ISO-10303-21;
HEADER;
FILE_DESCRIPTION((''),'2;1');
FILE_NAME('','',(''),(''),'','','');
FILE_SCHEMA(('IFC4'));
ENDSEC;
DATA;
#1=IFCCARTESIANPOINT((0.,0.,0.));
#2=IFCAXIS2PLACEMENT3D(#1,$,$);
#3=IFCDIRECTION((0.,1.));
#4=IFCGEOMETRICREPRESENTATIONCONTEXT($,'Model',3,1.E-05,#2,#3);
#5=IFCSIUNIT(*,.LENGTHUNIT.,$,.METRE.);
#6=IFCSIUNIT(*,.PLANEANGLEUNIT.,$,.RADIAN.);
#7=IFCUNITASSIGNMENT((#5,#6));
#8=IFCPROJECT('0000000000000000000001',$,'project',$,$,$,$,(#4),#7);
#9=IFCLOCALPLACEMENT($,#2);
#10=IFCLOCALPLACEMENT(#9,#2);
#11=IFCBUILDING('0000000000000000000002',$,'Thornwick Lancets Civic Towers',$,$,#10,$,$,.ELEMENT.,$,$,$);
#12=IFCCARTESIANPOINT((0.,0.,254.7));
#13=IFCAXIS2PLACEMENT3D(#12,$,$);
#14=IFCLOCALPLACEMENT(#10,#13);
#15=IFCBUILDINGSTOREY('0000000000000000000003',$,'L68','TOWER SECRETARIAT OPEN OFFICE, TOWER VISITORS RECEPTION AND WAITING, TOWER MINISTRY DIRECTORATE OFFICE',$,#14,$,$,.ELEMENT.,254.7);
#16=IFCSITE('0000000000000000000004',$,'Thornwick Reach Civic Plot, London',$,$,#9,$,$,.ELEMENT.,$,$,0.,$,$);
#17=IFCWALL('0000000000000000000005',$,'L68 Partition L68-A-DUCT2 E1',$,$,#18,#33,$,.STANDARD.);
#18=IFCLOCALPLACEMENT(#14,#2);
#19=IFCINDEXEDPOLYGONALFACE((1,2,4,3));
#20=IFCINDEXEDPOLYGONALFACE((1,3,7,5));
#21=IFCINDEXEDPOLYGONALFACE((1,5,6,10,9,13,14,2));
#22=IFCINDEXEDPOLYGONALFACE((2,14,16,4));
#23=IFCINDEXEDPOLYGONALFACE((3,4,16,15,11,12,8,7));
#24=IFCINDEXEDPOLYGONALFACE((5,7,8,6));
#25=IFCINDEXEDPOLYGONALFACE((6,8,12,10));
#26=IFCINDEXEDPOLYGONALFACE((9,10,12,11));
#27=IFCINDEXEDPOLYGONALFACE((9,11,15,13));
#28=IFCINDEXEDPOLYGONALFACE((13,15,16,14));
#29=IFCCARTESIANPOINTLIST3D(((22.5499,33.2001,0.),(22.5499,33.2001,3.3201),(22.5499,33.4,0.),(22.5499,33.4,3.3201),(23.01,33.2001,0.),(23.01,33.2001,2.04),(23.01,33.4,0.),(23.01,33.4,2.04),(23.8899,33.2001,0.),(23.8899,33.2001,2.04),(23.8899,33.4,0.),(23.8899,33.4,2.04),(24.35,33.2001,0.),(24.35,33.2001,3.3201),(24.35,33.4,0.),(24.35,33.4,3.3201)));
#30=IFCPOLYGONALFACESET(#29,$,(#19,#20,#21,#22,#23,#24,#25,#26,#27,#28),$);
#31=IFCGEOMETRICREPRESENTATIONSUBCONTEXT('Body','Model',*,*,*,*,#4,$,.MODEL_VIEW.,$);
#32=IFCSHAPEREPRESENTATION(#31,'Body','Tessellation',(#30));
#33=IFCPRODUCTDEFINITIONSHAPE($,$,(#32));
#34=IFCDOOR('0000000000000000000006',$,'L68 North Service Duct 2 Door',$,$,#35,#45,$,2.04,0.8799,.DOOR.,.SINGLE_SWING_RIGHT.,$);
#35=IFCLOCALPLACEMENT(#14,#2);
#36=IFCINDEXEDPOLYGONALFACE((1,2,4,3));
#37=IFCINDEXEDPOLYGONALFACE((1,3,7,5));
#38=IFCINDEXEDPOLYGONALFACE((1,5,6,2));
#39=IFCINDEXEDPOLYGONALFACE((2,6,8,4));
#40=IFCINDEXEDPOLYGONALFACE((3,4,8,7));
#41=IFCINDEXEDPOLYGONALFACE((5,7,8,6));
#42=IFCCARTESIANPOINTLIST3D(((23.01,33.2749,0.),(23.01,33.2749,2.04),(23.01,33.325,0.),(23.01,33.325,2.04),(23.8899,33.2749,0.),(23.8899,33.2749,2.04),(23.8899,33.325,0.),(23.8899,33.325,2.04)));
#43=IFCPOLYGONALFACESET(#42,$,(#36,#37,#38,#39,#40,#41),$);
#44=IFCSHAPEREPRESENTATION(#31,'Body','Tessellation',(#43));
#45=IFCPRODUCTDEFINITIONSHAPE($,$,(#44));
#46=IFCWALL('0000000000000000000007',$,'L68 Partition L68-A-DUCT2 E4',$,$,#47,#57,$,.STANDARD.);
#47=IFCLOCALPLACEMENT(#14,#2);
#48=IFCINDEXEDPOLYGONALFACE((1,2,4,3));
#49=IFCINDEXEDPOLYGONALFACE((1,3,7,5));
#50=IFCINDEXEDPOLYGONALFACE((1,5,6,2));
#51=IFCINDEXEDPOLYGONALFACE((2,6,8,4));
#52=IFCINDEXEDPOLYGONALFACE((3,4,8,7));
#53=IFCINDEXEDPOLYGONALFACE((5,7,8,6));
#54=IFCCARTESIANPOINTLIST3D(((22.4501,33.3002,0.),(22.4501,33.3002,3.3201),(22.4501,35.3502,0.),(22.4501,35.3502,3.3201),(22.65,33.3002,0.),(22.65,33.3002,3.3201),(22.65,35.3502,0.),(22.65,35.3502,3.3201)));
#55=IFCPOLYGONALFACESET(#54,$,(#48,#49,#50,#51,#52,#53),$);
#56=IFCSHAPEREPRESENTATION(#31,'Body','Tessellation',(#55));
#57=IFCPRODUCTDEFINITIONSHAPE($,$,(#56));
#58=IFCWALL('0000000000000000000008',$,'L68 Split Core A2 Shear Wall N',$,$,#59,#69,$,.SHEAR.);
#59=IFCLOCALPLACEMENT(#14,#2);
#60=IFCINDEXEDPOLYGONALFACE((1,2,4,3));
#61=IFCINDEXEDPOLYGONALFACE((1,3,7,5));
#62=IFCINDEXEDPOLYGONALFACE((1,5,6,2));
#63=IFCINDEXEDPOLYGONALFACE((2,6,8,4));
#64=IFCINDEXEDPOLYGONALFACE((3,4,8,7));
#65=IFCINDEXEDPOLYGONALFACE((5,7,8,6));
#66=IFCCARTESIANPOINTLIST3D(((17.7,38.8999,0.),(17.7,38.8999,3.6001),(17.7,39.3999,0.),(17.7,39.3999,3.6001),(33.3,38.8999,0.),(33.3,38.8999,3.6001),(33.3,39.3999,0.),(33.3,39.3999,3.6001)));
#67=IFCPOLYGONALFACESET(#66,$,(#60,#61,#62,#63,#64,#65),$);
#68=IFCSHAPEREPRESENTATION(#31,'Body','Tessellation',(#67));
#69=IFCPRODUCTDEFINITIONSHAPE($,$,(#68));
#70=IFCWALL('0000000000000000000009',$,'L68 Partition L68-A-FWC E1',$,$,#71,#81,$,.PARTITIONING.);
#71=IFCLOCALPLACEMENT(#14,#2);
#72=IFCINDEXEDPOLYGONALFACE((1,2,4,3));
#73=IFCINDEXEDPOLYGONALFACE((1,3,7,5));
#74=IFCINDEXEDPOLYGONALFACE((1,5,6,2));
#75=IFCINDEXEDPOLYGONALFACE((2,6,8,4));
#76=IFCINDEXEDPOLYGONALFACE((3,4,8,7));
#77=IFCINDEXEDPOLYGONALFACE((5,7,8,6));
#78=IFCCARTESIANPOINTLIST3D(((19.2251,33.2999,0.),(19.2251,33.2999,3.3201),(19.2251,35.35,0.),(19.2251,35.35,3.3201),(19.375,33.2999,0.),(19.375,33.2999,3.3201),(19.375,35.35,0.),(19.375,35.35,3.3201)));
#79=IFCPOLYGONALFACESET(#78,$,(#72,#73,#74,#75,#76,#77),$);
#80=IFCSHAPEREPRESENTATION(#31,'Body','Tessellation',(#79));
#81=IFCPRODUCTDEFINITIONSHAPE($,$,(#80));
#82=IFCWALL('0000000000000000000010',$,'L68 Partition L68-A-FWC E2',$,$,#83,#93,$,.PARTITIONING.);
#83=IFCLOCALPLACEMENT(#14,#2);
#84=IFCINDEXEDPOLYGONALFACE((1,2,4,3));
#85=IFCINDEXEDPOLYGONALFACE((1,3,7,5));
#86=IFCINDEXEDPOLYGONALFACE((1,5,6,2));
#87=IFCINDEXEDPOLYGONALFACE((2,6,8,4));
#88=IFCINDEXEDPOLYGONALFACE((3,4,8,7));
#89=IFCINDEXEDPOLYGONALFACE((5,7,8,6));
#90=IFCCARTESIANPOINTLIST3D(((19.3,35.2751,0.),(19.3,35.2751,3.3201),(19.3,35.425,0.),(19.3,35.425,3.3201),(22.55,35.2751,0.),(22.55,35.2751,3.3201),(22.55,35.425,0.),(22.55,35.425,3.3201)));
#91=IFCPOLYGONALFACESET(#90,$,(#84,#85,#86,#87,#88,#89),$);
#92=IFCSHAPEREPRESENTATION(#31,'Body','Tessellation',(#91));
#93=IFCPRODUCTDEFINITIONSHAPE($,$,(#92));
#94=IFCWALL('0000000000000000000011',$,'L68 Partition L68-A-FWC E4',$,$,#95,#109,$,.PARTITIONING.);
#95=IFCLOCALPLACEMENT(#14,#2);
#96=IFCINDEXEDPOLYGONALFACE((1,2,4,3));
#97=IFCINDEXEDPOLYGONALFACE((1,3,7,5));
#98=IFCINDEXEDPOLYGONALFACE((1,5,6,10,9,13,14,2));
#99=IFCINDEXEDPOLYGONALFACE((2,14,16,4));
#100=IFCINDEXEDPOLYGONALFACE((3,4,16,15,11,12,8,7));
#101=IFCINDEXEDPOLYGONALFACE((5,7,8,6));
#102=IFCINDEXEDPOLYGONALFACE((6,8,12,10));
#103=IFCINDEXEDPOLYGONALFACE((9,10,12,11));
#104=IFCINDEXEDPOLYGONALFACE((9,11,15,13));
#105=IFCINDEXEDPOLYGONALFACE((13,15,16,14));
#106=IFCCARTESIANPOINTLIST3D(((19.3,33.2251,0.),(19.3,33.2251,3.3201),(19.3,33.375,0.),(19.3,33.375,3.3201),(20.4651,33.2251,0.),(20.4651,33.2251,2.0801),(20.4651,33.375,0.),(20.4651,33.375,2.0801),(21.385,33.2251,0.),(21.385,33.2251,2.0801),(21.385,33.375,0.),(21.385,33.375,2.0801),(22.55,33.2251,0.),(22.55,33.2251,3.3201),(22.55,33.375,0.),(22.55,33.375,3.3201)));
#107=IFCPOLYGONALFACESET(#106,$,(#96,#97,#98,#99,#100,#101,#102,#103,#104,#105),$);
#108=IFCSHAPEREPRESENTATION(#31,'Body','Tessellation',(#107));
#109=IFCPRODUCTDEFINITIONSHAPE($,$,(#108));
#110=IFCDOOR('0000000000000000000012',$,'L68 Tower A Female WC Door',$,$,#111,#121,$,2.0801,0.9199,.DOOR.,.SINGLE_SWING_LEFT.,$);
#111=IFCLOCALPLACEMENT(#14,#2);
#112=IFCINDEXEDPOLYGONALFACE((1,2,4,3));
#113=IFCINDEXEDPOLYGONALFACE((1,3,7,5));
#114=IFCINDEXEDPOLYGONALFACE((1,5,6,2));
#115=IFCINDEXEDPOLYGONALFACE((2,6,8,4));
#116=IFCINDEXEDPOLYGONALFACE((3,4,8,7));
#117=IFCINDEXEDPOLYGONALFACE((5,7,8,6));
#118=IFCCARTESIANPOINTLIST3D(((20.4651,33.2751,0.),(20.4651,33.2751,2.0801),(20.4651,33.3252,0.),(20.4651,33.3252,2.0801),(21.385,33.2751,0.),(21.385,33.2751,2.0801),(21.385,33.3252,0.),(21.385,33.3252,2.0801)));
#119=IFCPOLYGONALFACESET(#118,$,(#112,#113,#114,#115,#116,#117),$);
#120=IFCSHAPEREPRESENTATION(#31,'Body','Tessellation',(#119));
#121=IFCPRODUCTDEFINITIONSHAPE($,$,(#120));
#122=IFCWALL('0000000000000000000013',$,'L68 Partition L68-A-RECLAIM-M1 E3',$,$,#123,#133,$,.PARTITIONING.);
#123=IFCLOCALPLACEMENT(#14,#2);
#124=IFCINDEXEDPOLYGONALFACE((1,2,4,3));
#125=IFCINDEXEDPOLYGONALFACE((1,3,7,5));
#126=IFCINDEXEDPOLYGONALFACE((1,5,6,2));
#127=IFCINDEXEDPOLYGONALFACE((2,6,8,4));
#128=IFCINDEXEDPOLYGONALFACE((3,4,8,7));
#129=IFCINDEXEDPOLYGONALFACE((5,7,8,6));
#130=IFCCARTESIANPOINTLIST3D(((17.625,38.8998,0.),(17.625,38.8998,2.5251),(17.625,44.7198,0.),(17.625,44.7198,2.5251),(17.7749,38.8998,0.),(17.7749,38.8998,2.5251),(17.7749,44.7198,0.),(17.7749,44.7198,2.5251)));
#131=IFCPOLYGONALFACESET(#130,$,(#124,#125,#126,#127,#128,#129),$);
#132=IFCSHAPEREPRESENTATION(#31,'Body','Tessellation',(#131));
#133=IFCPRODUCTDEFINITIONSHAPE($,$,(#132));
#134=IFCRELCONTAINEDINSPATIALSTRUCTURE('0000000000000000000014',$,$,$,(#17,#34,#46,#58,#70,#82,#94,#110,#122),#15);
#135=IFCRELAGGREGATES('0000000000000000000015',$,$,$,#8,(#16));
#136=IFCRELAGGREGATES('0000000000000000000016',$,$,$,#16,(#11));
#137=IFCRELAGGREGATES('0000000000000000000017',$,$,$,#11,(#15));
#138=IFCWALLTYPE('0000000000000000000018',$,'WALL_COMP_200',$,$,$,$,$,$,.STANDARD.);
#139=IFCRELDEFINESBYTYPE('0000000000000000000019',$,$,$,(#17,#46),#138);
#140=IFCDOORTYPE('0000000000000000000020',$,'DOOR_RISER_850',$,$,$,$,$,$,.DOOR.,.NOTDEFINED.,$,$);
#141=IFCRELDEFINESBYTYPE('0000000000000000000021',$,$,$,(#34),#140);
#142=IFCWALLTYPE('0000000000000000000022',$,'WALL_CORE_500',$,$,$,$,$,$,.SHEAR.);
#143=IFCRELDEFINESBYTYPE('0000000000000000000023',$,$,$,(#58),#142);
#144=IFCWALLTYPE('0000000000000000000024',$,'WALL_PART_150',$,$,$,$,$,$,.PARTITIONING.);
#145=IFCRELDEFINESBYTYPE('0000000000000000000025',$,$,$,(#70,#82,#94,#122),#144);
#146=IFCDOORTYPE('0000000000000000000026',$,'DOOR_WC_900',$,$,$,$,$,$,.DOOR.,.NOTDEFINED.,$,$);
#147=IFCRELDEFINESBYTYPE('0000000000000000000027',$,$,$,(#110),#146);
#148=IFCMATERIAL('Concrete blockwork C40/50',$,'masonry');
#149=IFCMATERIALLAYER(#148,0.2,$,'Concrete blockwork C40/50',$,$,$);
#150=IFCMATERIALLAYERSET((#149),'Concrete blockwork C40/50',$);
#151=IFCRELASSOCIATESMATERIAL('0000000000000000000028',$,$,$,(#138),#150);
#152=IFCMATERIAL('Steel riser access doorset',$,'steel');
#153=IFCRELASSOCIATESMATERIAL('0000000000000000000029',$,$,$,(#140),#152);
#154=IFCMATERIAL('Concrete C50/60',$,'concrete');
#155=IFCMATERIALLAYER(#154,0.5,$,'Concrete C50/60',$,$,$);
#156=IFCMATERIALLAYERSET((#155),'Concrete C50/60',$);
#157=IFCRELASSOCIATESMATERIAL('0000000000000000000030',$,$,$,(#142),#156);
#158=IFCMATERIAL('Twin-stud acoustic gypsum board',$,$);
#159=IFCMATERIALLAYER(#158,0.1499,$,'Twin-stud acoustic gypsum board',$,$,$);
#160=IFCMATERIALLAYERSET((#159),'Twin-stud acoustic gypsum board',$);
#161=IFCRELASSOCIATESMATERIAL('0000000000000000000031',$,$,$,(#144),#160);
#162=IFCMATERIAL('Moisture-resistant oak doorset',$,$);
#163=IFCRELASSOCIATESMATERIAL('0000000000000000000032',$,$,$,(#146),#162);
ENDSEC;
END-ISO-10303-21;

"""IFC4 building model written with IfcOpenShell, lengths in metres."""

from ifc_helpers import new_model, si_unit, direction, frame, frame_2d, origin, place, context, subcontext, project, spatial, rectangle, extrude, material, layer, layer_set, type_object, element, fill, save


model = new_model("IFC4")

# Units and contexts
model_context = context("Model", 3, precision=1e-05, world=origin(), true_north=direction((0.0, 1.0)))
body_context = subcontext(model_context, "Body", "Model", "MODEL_VIEW")
ifc_project = project(units=[si_unit("LENGTHUNIT", "METRE"), si_unit("PLANEANGLEUNIT", "RADIAN")], contexts=[model_context])

# Site, building, storey
site_placement = place(None, origin())
site = spatial("IfcSite", under=ifc_project, at=site_placement, Name="Thornwick Reach Civic Plot, London", CompositionType="ELEMENT", RefElevation=0.0)
building_placement = place(site_placement, origin())
building = spatial("IfcBuilding", under=site, at=building_placement, Name="Thornwick Lancets Civic Towers", CompositionType="ELEMENT")
storey_placement = place(building_placement, frame((0.0, 0.0, 254.7)))
storey = spatial("IfcBuildingStorey", under=building, at=storey_placement, Name="L68", Description="TOWER SECRETARIAT OPEN OFFICE, TOWER VISITORS RECEPTION AND WAITING, TOWER MINISTRY DIRECTORATE OFFICE", CompositionType="ELEMENT", Elevation=254.7)

# Shared definitions
ifc_material_1 = material(Name="Concrete C50/60", Category="concrete")

# Shared definitions
ifc_material_2 = material(Name="Concrete blockwork C40/50", Category="masonry")
ifc_layer_1 = layer(ifc_material_2, 0.2, Name="Concrete blockwork C40/50")
ifc_layer_set_1 = layer_set([ifc_layer_1], Name="Concrete blockwork C40/50")
wall_type_1 = type_object("IfcWallType", Name="WALL_COMP_200", PredefinedType="STANDARD", material=ifc_layer_set_1)

# Wall, opening, door
wall_1_placement = place(storey_placement, frame((22.55, 33.3, 0.0), z_axis=(0.0, 0.0, 1.0), x_axis=(1.0, 0.0, 0.0)))
wall_1 = element("IfcWall", 1, at=wall_1_placement, inside=storey, type_object=wall_type_1, Name="L68 Partition L68-A-DUCT2 E1", PredefinedType="STANDARD", context=body_context, shape_type="SweptSolid", body=[
    extrude(rectangle(XDim=1.8, YDim=0.2, at=frame_2d((0.8999, 0.0))), origin(), (0.0, 0.0, 1.0), 3.3201),
])
opening_1_placement = place(wall_1_placement, frame((0.46, 0.0, 0.0)))
opening_1 = element("IfcOpeningElement", 2, at=opening_1_placement, cuts=wall_1, PredefinedType="OPENING", context=body_context, shape_type="SweptSolid", body=[
    extrude(rectangle(XDim=0.8799, YDim=2.04, at=frame_2d((0.4399, 1.02))), frame((0.0, 0.1099, 0.0), z_axis=(0.0, -1.0, 0.0), x_axis=(1.0, 0.0, 0.0)), (0.0, 0.0, 1.0), 0.22),
])
ifc_material_3 = material(Name="Steel riser access doorset", Category="steel")
door_type_1 = type_object("IfcDoorType", Name="DOOR_RISER_850", OperationType="NOTDEFINED", PredefinedType="DOOR", material=ifc_material_3)
door_1_placement = place(opening_1_placement, origin())
door_1 = element("IfcDoor", 3, at=door_1_placement, inside=storey, type_object=door_type_1, Name="L68 North Service Duct 2 Door", OperationType="SINGLE_SWING_RIGHT", OverallHeight=2.04, OverallWidth=0.8799, PredefinedType="DOOR", context=body_context, shape_type="SweptSolid", body=[
    extrude(rectangle(XDim=0.8799, YDim=2.04, at=frame_2d((0.4399, 1.02))), frame((0.0, 0.0249, 0.0), z_axis=(0.0, -1.0, 0.0), x_axis=(1.0, 0.0, 0.0)), (0.0, 0.0, 1.0), 0.05),
])
fill(opening_1, door_1)

# Walls
wall_2_placement = place(storey_placement, frame((22.55, 35.3501, 0.0), z_axis=(0.0, 0.0, 1.0), x_axis=(0.0, -1.0, 0.0)))
element("IfcWall", 4, at=wall_2_placement, inside=storey, type_object=wall_type_1, Name="L68 Partition L68-A-DUCT2 E4", PredefinedType="STANDARD", context=body_context, shape_type="SweptSolid", body=[
    extrude(rectangle(XDim=2.05, YDim=0.2, at=frame_2d((1.0249, 0.0))), origin(), (0.0, 0.0, 1.0), 3.3201),
])
ifc_layer_2 = layer(ifc_material_1, 0.5, Name="Concrete C50/60")
ifc_layer_set_2 = layer_set([ifc_layer_2], Name="Concrete C50/60")
wall_type_2 = type_object("IfcWallType", Name="WALL_CORE_500", PredefinedType="SHEAR", material=ifc_layer_set_2)
wall_3_placement = place(storey_placement, frame((17.7, 39.1499, 0.0), z_axis=(0.0, 0.0, 1.0), x_axis=(1.0, 0.0, 0.0)))
element("IfcWall", 5, at=wall_3_placement, inside=storey, type_object=wall_type_2, Name="L68 Split Core A2 Shear Wall N", PredefinedType="SHEAR", context=body_context, shape_type="SweptSolid", body=[
    extrude(rectangle(XDim=15.6001, YDim=0.5, at=frame_2d((7.8, 0.0))), origin(), (0.0, 0.0, 1.0), 3.6001),
])
ifc_material_4 = material(Name="Twin-stud acoustic gypsum board")
ifc_layer_3 = layer(ifc_material_4, 0.1499, Name="Twin-stud acoustic gypsum board")
ifc_layer_set_3 = layer_set([ifc_layer_3], Name="Twin-stud acoustic gypsum board")
wall_type_3 = type_object("IfcWallType", Name="WALL_PART_150", PredefinedType="PARTITIONING", material=ifc_layer_set_3)
wall_4_placement = place(storey_placement, frame((19.3, 33.3, 0.0), z_axis=(0.0, 0.0, 1.0), x_axis=(0.0, 1.0, 0.0)))
element("IfcWall", 6, at=wall_4_placement, inside=storey, type_object=wall_type_3, Name="L68 Partition L68-A-FWC E1", PredefinedType="PARTITIONING", context=body_context, shape_type="SweptSolid", body=[
    extrude(rectangle(XDim=2.05, YDim=0.1499, at=frame_2d((1.0249, 0.0))), origin(), (0.0, 0.0, 1.0), 3.3201),
])
wall_5_placement = place(storey_placement, frame((19.3, 35.3501, 0.0), z_axis=(0.0, 0.0, 1.0), x_axis=(1.0, 0.0, 0.0)))
element("IfcWall", 7, at=wall_5_placement, inside=storey, type_object=wall_type_3, Name="L68 Partition L68-A-FWC E2", PredefinedType="PARTITIONING", context=body_context, shape_type="SweptSolid", body=[
    extrude(rectangle(XDim=3.25, YDim=0.1499, at=frame_2d((1.625, 0.0))), origin(), (0.0, 0.0, 1.0), 3.3201),
])

# Wall, opening, door
wall_6_placement = place(storey_placement, frame((22.55, 33.3, 0.0), z_axis=(0.0, 0.0, 1.0), x_axis=(-1.0, 0.0, 0.0)))
wall_6 = element("IfcWall", 8, at=wall_6_placement, inside=storey, type_object=wall_type_3, Name="L68 Partition L68-A-FWC E4", PredefinedType="PARTITIONING", context=body_context, shape_type="SweptSolid", body=[
    extrude(rectangle(XDim=3.25, YDim=0.1499, at=frame_2d((1.625, 0.0))), origin(), (0.0, 0.0, 1.0), 3.3201),
])
opening_2_placement = place(wall_6_placement, frame((1.165, 0.0, 0.0)))
opening_2 = element("IfcOpeningElement", 9, at=opening_2_placement, cuts=wall_6, PredefinedType="OPENING", context=body_context, shape_type="SweptSolid", body=[
    extrude(rectangle(XDim=0.9199, YDim=2.0801, at=frame_2d((0.46, 1.04))), frame((0.0, 0.085, 0.0), z_axis=(0.0, -1.0, 0.0), x_axis=(1.0, 0.0, 0.0)), (0.0, 0.0, 1.0), 0.1699),
])
ifc_material_5 = material(Name="Moisture-resistant oak doorset")
door_type_2 = type_object("IfcDoorType", Name="DOOR_WC_900", OperationType="NOTDEFINED", PredefinedType="DOOR", material=ifc_material_5)
door_2_placement = place(opening_2_placement, origin())
door_2 = element("IfcDoor", 10, at=door_2_placement, inside=storey, type_object=door_type_2, Name="L68 Tower A Female WC Door", OperationType="SINGLE_SWING_LEFT", OverallHeight=2.0801, OverallWidth=0.9199, PredefinedType="DOOR", context=body_context, shape_type="SweptSolid", body=[
    extrude(rectangle(XDim=0.9199, YDim=2.0801, at=frame_2d((0.46, 1.04))), frame((0.0, 0.0249, 0.0), z_axis=(0.0, -1.0, 0.0), x_axis=(1.0, 0.0, 0.0)), (0.0, 0.0, 1.0), 0.05),
])
fill(opening_2, door_2)

# Wall
wall_7_placement = place(storey_placement, frame((17.7, 44.72, 0.0), z_axis=(0.0, 0.0, 1.0), x_axis=(0.0, -1.0, 0.0)))
element("IfcWall", 11, at=wall_7_placement, inside=storey, type_object=wall_type_3, Name="L68 Partition L68-A-RECLAIM-M1 E3", PredefinedType="PARTITIONING", context=body_context, shape_type="SweptSolid", body=[
    extrude(rectangle(XDim=5.8201, YDim=0.1499, at=frame_2d((2.9102, 0.0))), origin(), (0.0, 0.0, 1.0), 2.5251),
])

save(model, "model.ifc")
